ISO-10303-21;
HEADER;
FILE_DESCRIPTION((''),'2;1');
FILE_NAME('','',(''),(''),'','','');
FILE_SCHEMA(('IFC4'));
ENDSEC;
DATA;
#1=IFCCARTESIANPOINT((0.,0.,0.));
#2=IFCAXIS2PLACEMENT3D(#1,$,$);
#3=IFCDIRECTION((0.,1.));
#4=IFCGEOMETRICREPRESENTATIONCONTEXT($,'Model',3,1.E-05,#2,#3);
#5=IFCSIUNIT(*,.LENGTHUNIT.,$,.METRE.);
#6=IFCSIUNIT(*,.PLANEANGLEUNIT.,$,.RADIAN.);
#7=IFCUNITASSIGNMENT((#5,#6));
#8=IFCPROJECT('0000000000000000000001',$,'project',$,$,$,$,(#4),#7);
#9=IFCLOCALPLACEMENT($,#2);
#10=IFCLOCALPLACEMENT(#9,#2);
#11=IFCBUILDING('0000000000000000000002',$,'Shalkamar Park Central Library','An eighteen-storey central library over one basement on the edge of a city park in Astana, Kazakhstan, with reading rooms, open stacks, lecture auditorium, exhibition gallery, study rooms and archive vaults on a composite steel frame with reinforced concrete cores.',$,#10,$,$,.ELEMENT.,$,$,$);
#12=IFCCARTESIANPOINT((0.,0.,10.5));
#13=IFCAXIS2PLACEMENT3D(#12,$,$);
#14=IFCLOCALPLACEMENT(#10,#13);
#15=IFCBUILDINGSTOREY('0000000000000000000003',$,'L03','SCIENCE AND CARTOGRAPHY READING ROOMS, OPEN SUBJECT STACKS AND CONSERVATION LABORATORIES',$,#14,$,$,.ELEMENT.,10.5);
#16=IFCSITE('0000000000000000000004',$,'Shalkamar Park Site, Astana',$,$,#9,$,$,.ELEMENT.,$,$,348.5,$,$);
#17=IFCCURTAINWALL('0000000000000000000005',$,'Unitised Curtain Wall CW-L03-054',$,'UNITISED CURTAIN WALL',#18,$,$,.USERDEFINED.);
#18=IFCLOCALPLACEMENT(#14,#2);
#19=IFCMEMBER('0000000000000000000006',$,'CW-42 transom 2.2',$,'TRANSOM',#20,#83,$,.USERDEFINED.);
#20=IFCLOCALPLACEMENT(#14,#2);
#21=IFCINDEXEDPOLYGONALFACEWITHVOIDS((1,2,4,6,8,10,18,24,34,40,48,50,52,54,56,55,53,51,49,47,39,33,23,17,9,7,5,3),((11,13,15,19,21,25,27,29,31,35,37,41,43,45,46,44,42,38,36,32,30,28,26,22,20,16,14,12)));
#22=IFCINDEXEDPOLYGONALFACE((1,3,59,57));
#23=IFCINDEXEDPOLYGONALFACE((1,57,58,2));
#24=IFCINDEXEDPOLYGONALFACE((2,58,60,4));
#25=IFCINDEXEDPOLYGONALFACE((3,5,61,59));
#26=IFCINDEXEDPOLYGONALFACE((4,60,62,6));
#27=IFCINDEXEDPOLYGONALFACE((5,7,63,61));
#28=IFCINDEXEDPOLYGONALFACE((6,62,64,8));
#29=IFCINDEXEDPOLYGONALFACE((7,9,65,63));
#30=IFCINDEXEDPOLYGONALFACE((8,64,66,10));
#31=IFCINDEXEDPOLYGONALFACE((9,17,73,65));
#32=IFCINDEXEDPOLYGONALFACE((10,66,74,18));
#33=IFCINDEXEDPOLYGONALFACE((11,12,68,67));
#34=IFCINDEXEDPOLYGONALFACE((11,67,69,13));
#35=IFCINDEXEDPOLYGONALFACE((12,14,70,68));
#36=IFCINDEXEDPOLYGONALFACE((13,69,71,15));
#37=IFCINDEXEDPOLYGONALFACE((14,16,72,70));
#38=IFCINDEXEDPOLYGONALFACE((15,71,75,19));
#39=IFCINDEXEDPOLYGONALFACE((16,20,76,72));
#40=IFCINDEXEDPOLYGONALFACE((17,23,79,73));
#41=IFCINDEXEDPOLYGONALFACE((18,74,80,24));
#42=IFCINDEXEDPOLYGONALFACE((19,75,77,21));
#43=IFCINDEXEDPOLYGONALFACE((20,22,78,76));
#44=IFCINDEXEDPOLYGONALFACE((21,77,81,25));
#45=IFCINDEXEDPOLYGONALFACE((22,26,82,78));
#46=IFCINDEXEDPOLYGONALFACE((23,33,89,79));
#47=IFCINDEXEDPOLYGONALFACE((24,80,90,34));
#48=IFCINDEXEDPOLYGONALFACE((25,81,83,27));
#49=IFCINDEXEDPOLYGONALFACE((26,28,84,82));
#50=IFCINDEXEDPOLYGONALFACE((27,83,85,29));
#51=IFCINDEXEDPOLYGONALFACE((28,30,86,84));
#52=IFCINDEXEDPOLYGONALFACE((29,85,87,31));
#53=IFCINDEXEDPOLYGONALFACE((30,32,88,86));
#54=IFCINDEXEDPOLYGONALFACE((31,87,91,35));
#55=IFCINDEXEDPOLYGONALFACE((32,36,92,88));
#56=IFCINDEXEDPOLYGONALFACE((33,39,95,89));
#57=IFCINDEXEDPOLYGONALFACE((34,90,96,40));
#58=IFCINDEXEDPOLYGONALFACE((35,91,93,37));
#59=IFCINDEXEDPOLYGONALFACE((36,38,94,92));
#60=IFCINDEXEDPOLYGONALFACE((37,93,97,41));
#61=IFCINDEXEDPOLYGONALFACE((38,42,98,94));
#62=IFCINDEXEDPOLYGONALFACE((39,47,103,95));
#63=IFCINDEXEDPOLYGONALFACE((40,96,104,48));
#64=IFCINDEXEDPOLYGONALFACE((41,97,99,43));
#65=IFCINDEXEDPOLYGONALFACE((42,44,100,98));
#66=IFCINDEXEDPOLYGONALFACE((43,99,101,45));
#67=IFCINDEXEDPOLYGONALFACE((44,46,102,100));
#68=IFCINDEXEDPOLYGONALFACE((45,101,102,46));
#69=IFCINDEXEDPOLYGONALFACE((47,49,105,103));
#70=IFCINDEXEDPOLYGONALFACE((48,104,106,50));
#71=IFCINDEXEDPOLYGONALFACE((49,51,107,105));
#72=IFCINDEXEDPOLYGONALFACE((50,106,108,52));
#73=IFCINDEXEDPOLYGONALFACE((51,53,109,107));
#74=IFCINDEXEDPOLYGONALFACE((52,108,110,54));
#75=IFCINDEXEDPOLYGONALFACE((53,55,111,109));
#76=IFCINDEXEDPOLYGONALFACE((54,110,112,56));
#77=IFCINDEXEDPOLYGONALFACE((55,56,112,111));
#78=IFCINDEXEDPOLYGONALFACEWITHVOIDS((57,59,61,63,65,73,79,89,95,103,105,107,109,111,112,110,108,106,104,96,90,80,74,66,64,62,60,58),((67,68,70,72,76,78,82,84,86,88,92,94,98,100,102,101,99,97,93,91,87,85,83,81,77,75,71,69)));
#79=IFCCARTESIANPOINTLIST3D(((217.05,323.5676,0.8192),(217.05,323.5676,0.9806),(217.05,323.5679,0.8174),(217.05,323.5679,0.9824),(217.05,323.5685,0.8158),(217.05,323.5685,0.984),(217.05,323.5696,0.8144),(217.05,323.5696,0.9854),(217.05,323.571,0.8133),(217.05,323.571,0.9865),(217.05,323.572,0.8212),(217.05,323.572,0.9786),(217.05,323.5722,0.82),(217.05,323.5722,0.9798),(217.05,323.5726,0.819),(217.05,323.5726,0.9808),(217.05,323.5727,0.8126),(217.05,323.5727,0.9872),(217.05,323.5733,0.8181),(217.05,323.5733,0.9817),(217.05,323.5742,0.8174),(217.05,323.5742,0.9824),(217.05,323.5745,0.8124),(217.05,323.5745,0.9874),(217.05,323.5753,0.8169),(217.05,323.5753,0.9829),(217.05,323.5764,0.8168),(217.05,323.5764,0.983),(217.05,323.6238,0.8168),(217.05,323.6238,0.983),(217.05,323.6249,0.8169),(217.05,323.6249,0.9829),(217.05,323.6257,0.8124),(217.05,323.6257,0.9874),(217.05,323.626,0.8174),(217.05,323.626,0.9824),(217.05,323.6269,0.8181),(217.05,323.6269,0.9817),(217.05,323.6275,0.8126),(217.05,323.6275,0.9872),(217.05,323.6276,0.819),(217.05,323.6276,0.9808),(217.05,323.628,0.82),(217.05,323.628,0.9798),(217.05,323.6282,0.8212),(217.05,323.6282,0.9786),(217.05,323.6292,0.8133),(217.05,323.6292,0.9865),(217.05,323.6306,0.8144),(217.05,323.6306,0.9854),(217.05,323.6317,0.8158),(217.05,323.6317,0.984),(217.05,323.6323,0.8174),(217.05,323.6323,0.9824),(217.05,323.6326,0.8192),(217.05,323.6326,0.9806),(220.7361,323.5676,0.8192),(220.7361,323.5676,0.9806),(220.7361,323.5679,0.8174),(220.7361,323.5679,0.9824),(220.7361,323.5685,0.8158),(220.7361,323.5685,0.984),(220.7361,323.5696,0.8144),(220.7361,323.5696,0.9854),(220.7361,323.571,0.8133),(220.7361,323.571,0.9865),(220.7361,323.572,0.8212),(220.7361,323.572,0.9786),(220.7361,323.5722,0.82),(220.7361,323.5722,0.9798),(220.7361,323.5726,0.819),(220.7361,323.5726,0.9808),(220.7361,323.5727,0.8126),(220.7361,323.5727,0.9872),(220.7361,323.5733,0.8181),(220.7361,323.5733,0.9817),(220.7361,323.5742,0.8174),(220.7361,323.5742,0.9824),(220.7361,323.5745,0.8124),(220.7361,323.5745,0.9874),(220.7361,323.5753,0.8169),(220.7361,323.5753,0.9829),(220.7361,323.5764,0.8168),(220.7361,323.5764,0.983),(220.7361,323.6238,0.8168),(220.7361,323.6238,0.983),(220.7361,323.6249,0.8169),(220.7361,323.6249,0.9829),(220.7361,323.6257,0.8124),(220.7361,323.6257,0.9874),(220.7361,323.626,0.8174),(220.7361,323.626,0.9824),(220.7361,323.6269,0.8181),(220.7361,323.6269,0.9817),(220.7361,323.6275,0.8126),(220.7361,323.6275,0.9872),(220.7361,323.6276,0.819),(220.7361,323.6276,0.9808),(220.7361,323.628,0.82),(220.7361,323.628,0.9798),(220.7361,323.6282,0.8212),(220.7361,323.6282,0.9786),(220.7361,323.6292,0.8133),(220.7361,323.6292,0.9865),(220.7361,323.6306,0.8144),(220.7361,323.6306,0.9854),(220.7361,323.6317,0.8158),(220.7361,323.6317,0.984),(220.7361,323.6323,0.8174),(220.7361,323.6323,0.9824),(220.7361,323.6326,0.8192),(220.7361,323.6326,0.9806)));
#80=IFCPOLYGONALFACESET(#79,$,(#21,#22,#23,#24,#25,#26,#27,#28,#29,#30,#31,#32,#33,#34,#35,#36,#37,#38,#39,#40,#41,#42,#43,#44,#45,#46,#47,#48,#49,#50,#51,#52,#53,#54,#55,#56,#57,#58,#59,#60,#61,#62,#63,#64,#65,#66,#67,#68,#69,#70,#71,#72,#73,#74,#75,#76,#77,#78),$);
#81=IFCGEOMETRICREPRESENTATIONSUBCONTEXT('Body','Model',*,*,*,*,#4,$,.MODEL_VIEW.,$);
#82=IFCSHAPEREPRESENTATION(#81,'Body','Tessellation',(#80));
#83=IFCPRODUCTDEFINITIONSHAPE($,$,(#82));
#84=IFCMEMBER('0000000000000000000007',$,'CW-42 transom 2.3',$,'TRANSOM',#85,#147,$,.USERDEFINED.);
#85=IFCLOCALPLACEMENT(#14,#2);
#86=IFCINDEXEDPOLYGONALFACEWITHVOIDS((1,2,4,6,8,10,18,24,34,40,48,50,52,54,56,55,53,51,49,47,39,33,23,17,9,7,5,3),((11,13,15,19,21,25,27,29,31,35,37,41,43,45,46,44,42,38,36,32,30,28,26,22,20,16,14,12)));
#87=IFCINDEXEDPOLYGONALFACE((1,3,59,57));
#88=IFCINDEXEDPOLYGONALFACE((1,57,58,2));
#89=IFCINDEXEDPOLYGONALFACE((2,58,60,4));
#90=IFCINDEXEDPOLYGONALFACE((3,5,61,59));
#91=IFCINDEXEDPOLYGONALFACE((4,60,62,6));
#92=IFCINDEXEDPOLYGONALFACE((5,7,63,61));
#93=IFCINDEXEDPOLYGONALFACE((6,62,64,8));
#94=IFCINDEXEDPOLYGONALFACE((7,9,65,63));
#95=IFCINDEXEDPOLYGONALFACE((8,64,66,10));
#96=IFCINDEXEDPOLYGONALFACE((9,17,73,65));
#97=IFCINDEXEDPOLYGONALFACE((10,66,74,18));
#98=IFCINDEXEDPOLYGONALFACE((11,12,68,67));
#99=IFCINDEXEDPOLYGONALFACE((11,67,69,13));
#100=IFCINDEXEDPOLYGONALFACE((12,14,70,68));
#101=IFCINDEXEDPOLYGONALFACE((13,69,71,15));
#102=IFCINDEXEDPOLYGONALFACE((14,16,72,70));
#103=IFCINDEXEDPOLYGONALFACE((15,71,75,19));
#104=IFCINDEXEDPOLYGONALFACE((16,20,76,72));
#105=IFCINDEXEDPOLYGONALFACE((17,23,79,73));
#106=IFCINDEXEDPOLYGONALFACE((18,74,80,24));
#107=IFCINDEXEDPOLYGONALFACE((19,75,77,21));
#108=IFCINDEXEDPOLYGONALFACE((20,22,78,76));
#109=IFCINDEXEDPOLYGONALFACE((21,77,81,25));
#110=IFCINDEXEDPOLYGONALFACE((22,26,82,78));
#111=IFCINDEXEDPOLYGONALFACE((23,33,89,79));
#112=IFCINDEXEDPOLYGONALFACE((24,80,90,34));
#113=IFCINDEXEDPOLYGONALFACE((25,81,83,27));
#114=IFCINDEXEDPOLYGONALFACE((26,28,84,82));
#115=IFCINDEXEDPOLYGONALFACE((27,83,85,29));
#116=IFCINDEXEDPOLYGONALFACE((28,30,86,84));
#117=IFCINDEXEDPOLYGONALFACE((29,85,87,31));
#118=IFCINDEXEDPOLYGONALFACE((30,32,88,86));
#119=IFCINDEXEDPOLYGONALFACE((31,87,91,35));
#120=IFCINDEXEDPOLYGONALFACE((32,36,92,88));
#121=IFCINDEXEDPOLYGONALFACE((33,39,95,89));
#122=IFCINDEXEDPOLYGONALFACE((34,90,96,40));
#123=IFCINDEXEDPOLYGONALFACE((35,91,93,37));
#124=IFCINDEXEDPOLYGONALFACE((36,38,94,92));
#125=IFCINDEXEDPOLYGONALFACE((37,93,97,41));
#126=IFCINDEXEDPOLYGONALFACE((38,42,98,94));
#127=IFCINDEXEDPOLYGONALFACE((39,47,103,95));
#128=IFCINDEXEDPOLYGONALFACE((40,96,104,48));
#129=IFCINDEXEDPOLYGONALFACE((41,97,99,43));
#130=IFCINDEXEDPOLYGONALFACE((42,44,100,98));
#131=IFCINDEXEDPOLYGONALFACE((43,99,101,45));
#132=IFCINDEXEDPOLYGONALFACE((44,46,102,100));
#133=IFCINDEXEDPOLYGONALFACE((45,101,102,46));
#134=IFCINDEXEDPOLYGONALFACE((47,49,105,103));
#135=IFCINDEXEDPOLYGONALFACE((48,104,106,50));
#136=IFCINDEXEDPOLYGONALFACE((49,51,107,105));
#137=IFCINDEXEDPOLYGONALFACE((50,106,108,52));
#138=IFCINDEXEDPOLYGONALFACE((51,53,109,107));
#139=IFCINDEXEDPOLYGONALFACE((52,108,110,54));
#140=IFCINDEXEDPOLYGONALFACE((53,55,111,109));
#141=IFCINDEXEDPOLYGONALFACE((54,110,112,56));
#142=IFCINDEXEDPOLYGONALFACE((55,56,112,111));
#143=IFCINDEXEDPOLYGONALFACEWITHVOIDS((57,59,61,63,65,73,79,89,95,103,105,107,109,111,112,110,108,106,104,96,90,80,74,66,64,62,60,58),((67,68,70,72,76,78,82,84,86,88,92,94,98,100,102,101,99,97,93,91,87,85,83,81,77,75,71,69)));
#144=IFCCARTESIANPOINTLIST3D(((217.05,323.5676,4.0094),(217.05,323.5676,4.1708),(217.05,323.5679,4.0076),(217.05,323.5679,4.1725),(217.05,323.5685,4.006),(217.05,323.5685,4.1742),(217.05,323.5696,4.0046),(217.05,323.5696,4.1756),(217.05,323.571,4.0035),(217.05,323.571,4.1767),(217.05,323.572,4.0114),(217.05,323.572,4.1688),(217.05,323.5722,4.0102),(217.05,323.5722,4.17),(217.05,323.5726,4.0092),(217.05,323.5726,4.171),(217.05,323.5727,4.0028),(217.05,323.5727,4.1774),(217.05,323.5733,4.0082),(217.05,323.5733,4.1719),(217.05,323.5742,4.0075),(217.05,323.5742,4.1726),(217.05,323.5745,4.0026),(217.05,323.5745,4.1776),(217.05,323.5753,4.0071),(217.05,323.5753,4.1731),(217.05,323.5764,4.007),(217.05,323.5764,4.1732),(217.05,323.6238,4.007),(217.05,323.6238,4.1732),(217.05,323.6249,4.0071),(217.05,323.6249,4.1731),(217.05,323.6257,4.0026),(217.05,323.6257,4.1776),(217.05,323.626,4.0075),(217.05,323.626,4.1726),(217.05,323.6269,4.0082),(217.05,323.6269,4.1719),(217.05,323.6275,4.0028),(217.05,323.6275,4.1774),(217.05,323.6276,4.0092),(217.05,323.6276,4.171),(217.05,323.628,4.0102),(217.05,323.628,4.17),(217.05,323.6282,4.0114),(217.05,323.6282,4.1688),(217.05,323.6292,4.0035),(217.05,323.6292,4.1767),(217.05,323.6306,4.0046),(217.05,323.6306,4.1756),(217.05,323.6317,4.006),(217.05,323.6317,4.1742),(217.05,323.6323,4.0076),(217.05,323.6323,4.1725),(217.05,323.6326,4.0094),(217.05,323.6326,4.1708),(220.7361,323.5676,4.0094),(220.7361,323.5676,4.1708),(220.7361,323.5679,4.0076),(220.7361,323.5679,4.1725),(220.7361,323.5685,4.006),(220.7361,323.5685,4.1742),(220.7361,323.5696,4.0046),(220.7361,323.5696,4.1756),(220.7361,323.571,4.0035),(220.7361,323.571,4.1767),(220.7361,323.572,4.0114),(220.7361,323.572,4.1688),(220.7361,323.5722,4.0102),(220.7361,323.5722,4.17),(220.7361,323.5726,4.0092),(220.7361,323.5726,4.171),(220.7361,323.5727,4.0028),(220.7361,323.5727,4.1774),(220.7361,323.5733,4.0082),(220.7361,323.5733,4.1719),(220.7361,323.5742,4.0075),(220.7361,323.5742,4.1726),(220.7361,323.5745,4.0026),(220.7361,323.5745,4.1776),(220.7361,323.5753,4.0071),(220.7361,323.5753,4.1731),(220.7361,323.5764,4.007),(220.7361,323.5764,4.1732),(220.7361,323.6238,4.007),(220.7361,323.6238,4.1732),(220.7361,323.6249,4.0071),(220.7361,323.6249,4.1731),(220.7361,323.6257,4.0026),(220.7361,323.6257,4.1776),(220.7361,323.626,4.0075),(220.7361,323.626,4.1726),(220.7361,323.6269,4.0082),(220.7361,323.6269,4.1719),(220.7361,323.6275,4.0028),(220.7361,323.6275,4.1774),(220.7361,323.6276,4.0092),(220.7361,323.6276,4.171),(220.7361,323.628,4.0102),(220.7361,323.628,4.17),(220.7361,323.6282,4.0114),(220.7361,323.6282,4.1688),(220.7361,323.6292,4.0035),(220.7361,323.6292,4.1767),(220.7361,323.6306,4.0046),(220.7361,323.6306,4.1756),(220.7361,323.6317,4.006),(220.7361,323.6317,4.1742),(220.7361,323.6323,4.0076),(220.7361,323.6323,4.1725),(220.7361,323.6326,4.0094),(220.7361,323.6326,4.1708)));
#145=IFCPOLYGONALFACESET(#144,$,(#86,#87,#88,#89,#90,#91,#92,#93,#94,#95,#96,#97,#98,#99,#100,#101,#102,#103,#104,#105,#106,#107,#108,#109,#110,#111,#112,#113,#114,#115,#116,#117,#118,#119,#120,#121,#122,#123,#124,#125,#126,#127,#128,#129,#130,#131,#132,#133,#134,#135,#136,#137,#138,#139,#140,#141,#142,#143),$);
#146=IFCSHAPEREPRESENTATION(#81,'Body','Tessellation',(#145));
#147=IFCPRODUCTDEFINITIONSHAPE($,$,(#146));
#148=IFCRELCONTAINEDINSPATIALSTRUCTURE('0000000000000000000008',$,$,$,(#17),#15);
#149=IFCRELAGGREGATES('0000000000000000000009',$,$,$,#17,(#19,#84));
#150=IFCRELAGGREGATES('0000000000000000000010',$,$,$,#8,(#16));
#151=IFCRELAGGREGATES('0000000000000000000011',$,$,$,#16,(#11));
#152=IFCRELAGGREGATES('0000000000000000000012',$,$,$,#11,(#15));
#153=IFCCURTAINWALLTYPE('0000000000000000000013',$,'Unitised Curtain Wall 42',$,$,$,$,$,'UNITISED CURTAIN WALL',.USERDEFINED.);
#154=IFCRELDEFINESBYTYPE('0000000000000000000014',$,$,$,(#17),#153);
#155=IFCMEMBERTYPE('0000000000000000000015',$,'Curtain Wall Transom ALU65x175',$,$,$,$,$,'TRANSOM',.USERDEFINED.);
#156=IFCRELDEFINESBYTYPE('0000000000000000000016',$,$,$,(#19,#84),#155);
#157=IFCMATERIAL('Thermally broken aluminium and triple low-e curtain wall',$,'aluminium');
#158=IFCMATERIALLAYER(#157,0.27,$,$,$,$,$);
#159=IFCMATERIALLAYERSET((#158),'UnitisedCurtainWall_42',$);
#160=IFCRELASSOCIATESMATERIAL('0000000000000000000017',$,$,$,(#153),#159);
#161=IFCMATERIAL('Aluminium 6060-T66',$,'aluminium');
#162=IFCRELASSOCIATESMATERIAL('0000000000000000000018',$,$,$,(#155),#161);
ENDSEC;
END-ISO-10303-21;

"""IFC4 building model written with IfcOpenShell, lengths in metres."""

from ifc_helpers import new_model, si_unit, direction, frame, origin, origin_2d, place, context, subcontext, project, spatial, hollow_rectangle, extrude, material, layer, layer_set, material_profile, profile_set, type_object, element, aggregate, save


model = new_model("IFC4")

# Units and contexts
model_context = context("Model", 3, precision=1e-05, world=origin(), true_north=direction((0.0, 1.0)))
body_context = subcontext(model_context, "Body", "Model", "MODEL_VIEW")
ifc_project = project(units=[si_unit("LENGTHUNIT", "METRE"), si_unit("PLANEANGLEUNIT", "RADIAN")], contexts=[model_context])

# Site, building, storey
site_placement = place(None, origin())
site = spatial("IfcSite", under=ifc_project, at=site_placement, Name="Shalkamar Park Site, Astana", CompositionType="ELEMENT", RefElevation=348.5)
building_placement = place(site_placement, origin())
building = spatial("IfcBuilding", under=site, at=building_placement, Name="Shalkamar Park Central Library", Description="An eighteen-storey central library over one basement on the edge of a city park in Astana, Kazakhstan, with reading rooms, open stacks, lecture auditorium, exhibition gallery, study rooms and archive vaults on a composite steel frame with reinforced concrete cores.", CompositionType="ELEMENT")
storey_placement = place(building_placement, frame((0.0, 0.0, 10.5)))
storey = spatial("IfcBuildingStorey", under=building, at=storey_placement, Name="L03", Description="SCIENCE AND CARTOGRAPHY READING ROOMS, OPEN SUBJECT STACKS AND CONSERVATION LABORATORIES", CompositionType="ELEMENT", Elevation=10.5)

# Shared definitions
ifc_material_1 = material(Name="Thermally broken aluminium and triple low-e curtain wall", Category="aluminium")
ifc_material_2 = material(Name="Aluminium 6060-T66", Category="aluminium")

# Curtain wall, members
ifc_layer_1 = layer(ifc_material_1, 0.27)
ifc_layer_set_1 = layer_set([ifc_layer_1], Name="UnitisedCurtainWall_42")
curtain_wall_type_1 = type_object("IfcCurtainWallType", Name="Unitised Curtain Wall 42", ElementType="UNITISED CURTAIN WALL", PredefinedType="USERDEFINED", material=ifc_layer_set_1)
curtain_wall_1_placement = place(storey_placement, origin())
curtain_wall_1 = element("IfcCurtainWall", 1, at=curtain_wall_1_placement, inside=storey, type_object=curtain_wall_type_1, Name="Unitised Curtain Wall CW-L03-054", ObjectType="UNITISED CURTAIN WALL", PredefinedType="USERDEFINED")
ifc_material_profile_1 = material_profile(ifc_material_2, hollow_rectangle(XDim=0.0649, YDim=0.175, WallThickness=0.0044, InnerFilletRadius=0.0044, OuterFilletRadius=0.0068, at=origin_2d()), Name="ALU 65x175x4.5")
ifc_profile_set_1 = profile_set([ifc_material_profile_1], Name="Aluminium 6060-T66")
member_type_1 = type_object("IfcMemberType", Name="Curtain Wall Transom ALU65x175", ElementType="TRANSOM", PredefinedType="USERDEFINED", material=ifc_profile_set_1)
member_1_placement = place(storey_placement, frame((217.05, 323.6001, 0.8999), z_axis=(1.0, 0.0, 0.0), x_axis=(0.0, 1.0, 0.0)))
member_1 = element("IfcMember", 2, at=member_1_placement, type_object=member_type_1, Name="CW-42 transom 2.2", ObjectType="TRANSOM", PredefinedType="USERDEFINED", context=body_context, shape_type="SweptSolid", body=[
    extrude(hollow_rectangle(XDim=0.0649, YDim=0.175, WallThickness=0.0044, InnerFilletRadius=0.0044, OuterFilletRadius=0.0068, at=origin_2d()), origin(), (0.0, 0.0, 1.0), 3.686),
])
member_2_placement = place(storey_placement, frame((217.05, 323.6001, 4.0901), z_axis=(1.0, 0.0, 0.0), x_axis=(0.0, 1.0, 0.0)))
member_2 = element("IfcMember", 3, at=member_2_placement, type_object=member_type_1, Name="CW-42 transom 2.3", ObjectType="TRANSOM", PredefinedType="USERDEFINED", context=body_context, shape_type="SweptSolid", body=[
    extrude(hollow_rectangle(XDim=0.0649, YDim=0.175, WallThickness=0.0044, InnerFilletRadius=0.0044, OuterFilletRadius=0.0068, at=origin_2d()), origin(), (0.0, 0.0, 1.0), 3.686),
])

aggregate(curtain_wall_1, [member_1, member_2])

save(model, "model.ifc")
